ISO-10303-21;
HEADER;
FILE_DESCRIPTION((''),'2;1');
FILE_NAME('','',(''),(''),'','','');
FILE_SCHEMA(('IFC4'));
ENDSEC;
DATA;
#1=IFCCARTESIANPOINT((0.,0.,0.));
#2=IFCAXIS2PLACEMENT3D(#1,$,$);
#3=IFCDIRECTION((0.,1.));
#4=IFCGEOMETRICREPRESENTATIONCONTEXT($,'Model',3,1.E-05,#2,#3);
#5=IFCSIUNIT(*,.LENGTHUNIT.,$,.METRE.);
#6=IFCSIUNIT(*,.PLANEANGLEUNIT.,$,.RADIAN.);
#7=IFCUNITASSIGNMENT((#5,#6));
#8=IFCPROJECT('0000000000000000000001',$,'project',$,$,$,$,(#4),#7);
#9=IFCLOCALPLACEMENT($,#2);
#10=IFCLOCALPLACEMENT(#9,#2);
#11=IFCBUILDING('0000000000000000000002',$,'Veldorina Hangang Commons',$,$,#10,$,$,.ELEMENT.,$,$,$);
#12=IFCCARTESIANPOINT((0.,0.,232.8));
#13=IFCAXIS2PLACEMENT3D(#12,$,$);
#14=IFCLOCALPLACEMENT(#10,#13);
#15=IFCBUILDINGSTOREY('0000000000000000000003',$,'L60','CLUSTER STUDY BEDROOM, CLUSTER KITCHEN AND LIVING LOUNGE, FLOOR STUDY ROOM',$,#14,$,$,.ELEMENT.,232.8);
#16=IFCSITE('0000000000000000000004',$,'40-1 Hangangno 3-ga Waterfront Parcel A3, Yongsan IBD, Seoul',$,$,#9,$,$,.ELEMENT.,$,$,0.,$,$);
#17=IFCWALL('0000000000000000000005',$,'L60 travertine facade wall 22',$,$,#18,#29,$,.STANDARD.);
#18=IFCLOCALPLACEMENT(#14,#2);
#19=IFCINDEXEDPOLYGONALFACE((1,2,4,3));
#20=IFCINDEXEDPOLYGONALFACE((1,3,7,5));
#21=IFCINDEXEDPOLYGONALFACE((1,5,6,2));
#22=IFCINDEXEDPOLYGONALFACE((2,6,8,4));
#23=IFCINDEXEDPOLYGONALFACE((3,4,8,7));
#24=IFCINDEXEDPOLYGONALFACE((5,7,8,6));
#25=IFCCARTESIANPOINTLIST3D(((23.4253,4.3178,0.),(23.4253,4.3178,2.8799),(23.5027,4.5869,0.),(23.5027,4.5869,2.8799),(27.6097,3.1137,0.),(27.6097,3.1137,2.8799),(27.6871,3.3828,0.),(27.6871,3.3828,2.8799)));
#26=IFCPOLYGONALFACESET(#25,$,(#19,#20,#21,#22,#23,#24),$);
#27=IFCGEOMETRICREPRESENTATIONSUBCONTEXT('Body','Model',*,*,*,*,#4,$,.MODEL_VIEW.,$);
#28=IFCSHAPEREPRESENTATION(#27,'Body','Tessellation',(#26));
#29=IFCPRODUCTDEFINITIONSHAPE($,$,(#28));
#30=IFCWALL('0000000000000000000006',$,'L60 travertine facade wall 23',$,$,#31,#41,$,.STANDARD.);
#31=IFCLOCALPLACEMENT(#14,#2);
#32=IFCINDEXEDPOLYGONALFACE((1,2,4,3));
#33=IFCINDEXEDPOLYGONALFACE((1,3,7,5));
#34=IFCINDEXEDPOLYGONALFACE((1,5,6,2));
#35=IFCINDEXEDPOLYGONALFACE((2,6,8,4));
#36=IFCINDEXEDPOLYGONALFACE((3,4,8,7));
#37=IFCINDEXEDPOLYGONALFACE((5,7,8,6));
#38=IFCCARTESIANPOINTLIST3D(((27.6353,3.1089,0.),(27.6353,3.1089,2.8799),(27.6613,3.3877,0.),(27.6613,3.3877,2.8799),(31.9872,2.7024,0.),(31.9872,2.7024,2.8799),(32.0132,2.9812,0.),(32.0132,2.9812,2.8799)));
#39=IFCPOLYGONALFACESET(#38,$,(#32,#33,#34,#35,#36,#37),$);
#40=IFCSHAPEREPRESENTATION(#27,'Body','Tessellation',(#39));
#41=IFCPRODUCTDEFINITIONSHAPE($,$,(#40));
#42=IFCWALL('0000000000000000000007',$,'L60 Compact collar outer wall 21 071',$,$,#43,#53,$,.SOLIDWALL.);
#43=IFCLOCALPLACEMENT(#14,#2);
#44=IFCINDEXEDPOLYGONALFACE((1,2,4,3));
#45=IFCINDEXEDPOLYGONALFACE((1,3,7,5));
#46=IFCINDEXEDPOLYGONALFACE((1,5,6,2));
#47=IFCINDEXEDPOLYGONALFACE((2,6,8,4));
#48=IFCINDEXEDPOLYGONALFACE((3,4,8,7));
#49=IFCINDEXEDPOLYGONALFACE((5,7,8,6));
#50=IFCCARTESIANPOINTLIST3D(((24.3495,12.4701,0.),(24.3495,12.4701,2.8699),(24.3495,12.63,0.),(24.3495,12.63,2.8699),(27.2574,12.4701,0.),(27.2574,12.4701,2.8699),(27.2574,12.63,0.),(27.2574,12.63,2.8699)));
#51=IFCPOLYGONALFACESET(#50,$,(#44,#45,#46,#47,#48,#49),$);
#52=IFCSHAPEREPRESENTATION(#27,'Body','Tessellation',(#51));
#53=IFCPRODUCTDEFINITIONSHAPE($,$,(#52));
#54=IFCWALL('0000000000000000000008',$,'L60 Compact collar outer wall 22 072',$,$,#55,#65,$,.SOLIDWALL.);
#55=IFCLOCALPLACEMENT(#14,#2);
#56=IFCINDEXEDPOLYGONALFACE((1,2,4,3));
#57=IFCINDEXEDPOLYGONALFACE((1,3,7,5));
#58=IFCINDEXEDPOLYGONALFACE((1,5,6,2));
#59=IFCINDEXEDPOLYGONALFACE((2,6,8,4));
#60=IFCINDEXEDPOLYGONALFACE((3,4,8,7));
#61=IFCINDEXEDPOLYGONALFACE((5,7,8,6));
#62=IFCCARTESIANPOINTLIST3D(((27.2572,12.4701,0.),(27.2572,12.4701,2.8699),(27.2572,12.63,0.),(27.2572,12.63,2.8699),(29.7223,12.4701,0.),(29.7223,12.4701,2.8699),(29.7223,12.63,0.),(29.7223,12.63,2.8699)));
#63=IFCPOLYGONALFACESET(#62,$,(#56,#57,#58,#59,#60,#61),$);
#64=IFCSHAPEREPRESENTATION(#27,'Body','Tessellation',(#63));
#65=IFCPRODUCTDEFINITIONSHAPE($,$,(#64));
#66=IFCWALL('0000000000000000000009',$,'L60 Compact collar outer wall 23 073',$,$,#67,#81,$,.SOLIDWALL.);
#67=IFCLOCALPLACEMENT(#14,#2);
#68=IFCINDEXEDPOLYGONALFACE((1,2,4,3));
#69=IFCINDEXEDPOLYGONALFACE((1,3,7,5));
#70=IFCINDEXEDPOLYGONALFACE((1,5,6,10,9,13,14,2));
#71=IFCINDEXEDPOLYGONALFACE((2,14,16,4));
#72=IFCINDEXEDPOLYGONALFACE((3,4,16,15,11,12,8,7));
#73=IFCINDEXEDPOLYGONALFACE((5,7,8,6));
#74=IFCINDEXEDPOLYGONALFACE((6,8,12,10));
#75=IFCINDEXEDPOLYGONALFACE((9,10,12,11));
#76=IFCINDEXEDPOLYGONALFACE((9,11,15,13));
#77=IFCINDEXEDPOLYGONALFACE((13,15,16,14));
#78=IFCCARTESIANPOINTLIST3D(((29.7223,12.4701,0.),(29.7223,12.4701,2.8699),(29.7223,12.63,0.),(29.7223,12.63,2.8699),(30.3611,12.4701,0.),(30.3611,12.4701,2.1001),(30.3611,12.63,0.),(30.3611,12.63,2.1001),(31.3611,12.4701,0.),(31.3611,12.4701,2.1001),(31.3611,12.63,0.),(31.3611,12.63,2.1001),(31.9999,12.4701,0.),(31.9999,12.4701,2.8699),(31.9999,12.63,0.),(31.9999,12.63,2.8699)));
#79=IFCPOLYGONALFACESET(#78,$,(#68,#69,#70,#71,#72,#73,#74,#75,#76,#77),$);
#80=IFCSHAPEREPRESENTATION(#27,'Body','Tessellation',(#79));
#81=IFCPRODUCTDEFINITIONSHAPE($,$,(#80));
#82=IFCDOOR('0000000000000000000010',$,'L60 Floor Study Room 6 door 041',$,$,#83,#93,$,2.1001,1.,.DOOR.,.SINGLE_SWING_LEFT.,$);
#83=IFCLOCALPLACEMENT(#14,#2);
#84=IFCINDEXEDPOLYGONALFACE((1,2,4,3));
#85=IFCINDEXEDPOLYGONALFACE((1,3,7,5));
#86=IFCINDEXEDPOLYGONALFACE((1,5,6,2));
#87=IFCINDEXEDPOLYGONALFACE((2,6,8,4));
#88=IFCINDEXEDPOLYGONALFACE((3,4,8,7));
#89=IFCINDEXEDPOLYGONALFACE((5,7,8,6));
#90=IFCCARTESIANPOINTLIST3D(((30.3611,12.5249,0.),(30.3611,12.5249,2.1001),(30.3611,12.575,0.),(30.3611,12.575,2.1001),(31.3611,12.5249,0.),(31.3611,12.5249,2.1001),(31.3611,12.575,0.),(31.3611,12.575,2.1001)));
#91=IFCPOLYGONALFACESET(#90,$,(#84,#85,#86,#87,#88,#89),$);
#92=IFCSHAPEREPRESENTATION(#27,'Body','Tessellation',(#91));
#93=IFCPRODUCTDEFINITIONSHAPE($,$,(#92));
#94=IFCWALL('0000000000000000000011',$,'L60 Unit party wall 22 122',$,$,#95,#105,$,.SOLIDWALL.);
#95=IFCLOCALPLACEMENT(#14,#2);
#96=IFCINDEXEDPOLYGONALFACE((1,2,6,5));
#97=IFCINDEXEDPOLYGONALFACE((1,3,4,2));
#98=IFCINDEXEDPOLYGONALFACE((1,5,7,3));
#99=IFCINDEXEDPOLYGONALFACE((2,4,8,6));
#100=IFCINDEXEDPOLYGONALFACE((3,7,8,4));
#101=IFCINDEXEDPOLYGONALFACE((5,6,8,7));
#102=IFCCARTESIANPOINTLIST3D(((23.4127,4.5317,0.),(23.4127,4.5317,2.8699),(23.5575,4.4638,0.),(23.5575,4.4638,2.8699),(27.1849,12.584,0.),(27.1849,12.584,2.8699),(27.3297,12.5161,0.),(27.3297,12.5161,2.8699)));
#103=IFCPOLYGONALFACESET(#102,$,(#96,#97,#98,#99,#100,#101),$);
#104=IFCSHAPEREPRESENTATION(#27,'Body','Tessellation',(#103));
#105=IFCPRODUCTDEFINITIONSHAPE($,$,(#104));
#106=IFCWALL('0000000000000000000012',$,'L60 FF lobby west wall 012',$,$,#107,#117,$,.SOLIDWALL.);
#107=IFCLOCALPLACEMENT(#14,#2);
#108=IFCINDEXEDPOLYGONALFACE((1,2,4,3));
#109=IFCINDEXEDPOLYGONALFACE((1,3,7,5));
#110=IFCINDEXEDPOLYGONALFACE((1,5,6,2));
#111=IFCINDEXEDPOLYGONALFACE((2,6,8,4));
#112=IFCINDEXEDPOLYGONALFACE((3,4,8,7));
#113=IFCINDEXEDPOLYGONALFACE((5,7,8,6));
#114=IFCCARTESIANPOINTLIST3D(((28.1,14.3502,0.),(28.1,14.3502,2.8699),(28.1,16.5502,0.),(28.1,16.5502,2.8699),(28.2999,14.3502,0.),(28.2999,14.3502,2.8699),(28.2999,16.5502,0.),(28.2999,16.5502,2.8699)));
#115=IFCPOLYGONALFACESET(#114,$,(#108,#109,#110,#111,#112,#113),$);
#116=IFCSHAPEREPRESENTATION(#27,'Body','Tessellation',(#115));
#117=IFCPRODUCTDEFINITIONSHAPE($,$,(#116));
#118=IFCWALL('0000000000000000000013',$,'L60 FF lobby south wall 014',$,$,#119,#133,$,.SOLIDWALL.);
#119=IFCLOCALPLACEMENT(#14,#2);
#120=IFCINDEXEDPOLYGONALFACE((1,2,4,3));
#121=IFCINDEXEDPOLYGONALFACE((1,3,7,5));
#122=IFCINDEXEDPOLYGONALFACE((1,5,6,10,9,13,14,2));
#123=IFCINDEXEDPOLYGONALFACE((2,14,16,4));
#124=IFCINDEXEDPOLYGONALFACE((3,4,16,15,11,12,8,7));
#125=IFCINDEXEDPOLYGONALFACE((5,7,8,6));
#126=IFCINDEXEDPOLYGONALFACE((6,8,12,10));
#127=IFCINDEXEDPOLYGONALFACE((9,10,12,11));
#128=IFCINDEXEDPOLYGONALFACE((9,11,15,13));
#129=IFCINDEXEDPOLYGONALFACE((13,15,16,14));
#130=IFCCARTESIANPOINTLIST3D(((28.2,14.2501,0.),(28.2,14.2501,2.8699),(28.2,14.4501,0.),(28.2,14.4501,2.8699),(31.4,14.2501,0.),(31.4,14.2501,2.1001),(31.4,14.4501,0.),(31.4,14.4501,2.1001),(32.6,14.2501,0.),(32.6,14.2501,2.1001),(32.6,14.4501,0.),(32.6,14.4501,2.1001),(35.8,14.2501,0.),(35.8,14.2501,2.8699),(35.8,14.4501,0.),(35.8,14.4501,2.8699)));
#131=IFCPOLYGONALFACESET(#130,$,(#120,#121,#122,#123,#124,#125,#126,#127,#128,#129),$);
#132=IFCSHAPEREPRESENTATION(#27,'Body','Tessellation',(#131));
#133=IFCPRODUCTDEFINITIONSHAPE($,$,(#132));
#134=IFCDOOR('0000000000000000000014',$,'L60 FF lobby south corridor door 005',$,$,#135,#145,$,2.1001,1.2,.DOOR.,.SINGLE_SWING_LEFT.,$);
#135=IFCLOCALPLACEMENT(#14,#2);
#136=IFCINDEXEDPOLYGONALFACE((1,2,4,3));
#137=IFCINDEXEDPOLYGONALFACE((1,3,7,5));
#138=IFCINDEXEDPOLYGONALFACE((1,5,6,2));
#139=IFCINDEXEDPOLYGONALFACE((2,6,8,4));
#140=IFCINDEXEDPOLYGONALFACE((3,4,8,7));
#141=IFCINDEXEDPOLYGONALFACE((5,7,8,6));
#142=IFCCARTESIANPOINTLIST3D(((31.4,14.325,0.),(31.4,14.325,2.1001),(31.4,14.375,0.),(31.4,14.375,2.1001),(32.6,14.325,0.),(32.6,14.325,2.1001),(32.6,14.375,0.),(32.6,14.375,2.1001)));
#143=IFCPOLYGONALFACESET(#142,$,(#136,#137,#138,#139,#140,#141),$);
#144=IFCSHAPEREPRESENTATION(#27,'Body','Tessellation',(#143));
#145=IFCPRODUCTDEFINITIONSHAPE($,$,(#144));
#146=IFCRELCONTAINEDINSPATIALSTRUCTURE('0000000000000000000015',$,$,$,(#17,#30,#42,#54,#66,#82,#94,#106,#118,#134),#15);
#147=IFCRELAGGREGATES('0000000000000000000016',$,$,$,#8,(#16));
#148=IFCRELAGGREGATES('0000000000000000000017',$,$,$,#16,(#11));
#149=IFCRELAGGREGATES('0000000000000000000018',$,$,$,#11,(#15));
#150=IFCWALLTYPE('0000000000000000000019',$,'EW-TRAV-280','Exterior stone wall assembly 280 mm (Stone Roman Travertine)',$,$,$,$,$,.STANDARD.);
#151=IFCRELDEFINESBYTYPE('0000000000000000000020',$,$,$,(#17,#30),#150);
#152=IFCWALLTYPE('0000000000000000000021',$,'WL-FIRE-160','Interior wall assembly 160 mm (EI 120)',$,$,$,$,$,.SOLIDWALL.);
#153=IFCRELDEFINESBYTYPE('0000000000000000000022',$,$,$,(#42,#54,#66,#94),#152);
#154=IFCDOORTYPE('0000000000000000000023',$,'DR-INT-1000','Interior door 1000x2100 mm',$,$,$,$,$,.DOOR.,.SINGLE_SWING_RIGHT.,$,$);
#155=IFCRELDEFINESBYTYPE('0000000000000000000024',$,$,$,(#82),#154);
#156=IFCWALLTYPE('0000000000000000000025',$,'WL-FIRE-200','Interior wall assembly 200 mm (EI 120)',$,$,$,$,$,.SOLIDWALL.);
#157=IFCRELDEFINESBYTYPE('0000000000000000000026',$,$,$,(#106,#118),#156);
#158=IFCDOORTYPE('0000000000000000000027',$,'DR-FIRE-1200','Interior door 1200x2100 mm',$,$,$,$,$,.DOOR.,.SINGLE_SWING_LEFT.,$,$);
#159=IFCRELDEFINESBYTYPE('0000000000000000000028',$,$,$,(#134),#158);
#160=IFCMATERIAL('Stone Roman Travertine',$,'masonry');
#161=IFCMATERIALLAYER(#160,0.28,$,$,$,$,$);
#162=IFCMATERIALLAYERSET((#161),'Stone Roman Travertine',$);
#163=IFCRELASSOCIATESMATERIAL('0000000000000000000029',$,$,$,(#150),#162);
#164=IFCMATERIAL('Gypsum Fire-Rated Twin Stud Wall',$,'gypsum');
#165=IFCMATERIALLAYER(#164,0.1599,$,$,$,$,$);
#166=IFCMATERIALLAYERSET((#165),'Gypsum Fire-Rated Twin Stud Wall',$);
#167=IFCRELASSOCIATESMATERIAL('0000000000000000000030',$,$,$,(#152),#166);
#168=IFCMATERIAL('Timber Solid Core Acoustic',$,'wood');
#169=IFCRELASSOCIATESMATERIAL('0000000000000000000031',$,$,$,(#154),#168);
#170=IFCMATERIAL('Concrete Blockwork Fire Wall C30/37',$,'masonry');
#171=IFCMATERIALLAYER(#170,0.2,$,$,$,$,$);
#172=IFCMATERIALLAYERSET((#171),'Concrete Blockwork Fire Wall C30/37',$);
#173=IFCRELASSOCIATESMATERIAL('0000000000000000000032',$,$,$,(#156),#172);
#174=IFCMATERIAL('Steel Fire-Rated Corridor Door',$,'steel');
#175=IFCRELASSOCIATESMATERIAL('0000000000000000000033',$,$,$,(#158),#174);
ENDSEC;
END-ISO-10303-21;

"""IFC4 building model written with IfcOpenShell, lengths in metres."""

from ifc_helpers import new_model, si_unit, direction, frame, frame_2d, origin, place, context, subcontext, project, spatial, rectangle, extrude, material, layer, layer_set, type_object, element, fill, save


model = new_model("IFC4")

# Units and contexts
model_context = context("Model", 3, precision=1e-05, world=origin(), true_north=direction((0.0, 1.0)))
body_context = subcontext(model_context, "Body", "Model", "MODEL_VIEW")
ifc_project = project(units=[si_unit("LENGTHUNIT", "METRE"), si_unit("PLANEANGLEUNIT", "RADIAN")], contexts=[model_context])

# Site, building, storey
site_placement = place(None, origin())
site = spatial("IfcSite", under=ifc_project, at=site_placement, Name="40-1 Hangangno 3-ga Waterfront Parcel A3, Yongsan IBD, Seoul", CompositionType="ELEMENT", RefElevation=0.0)
building_placement = place(site_placement, origin())
building = spatial("IfcBuilding", under=site, at=building_placement, Name="Veldorina Hangang Commons", CompositionType="ELEMENT")
storey_placement = place(building_placement, frame((0.0, 0.0, 232.8)))
storey = spatial("IfcBuildingStorey", under=building, at=storey_placement, Name="L60", Description="CLUSTER STUDY BEDROOM, CLUSTER KITCHEN AND LIVING LOUNGE, FLOOR STUDY ROOM", CompositionType="ELEMENT", Elevation=232.8)

# Walls
ifc_material_1 = material(Name="Stone Roman Travertine", Category="masonry")
ifc_layer_1 = layer(ifc_material_1, 0.28)
ifc_layer_set_1 = layer_set([ifc_layer_1], Name="Stone Roman Travertine")
wall_type_1 = type_object("IfcWallType", Name="EW-TRAV-280", Description="Exterior stone wall assembly 280 mm (Stone Roman Travertine)", PredefinedType="STANDARD", material=ifc_layer_set_1)
wall_1_placement = place(storey_placement, frame((23.4639, 4.4524, 0.0), z_axis=(0.0, 0.0, 1.0), x_axis=(0.961002, -0.276542, 0.0)))
element("IfcWall", 1, at=wall_1_placement, inside=storey, type_object=wall_type_1, Name="L60 travertine facade wall 22", PredefinedType="STANDARD", context=body_context, shape_type="SweptSolid", body=[
    extrude(rectangle(XDim=4.3542, YDim=0.28, at=frame_2d((2.1772, 0.0))), origin(), (0.0, 0.0, 1.0), 2.8799),
])
wall_2_placement = place(storey_placement, frame((27.6482, 3.2483, 0.0), z_axis=(0.0, 0.0, 1.0), x_axis=(0.995666, -0.093003, 0.0)))
element("IfcWall", 2, at=wall_2_placement, inside=storey, type_object=wall_type_1, Name="L60 travertine facade wall 23", PredefinedType="STANDARD", context=body_context, shape_type="SweptSolid", body=[
    extrude(rectangle(XDim=4.3708, YDim=0.28, at=frame_2d((2.1855, 0.0))), origin(), (0.0, 0.0, 1.0), 2.8799),
])
ifc_material_2 = material(Name="Gypsum Fire-Rated Twin Stud Wall", Category="gypsum")
ifc_layer_2 = layer(ifc_material_2, 0.1599)
ifc_layer_set_2 = layer_set([ifc_layer_2], Name="Gypsum Fire-Rated Twin Stud Wall")
wall_type_2 = type_object("IfcWallType", Name="WL-FIRE-160", Description="Interior wall assembly 160 mm (EI 120)", PredefinedType="SOLIDWALL", material=ifc_layer_set_2)
wall_3_placement = place(storey_placement, frame((24.3494, 12.55, 0.0), z_axis=(0.0, 0.0, 1.0), x_axis=(1.0, 0.0, 0.0)))
element("IfcWall", 3, at=wall_3_placement, inside=storey, type_object=wall_type_2, Name="L60 Compact collar outer wall 21 071", PredefinedType="SOLIDWALL", context=body_context, shape_type="SweptSolid", body=[
    extrude(rectangle(XDim=2.908, YDim=0.1599, at=frame_2d((1.4541, 0.0))), origin(), (0.0, 0.0, 1.0), 2.8699),
])
wall_4_placement = place(storey_placement, frame((27.2573, 12.55, 0.0), z_axis=(0.0, 0.0, 1.0), x_axis=(1.0, 0.0, 0.0)))
element("IfcWall", 4, at=wall_4_placement, inside=storey, type_object=wall_type_2, Name="L60 Compact collar outer wall 22 072", PredefinedType="SOLIDWALL", context=body_context, shape_type="SweptSolid", body=[
    extrude(rectangle(XDim=2.4651, YDim=0.1599, at=frame_2d((1.2324, 0.0))), origin(), (0.0, 0.0, 1.0), 2.8699),
])

# Wall, opening, door
wall_5_placement = place(storey_placement, frame((29.7224, 12.55, 0.0), z_axis=(0.0, 0.0, 1.0), x_axis=(1.0, 0.0, 0.0)))
wall_5 = element("IfcWall", 5, at=wall_5_placement, inside=storey, type_object=wall_type_2, Name="L60 Compact collar outer wall 23 073", PredefinedType="SOLIDWALL", context=body_context, shape_type="SweptSolid", body=[
    extrude(rectangle(XDim=2.2776, YDim=0.1599, at=frame_2d((1.1387, 0.0))), origin(), (0.0, 0.0, 1.0), 2.8699),
])
opening_1_placement = place(wall_5_placement, frame((0.6387, 0.0, 0.0)))
opening_1 = element("IfcOpeningElement", 6, at=opening_1_placement, cuts=wall_5, PredefinedType="OPENING", context=body_context, shape_type="SweptSolid", body=[
    extrude(rectangle(XDim=1.0, YDim=2.1001, at=frame_2d((0.5, 1.05))), frame((0.0, 0.0898, 0.0), z_axis=(0.0, -1.0, 0.0), x_axis=(1.0, 0.0, 0.0)), (0.0, 0.0, 1.0), 0.1799),
])
ifc_material_3 = material(Name="Timber Solid Core Acoustic", Category="wood")
door_type_1 = type_object("IfcDoorType", Name="DR-INT-1000", Description="Interior door 1000x2100 mm", OperationType="SINGLE_SWING_RIGHT", PredefinedType="DOOR", material=ifc_material_3)
door_1_placement = place(opening_1_placement, origin())
door_1 = element("IfcDoor", 7, at=door_1_placement, inside=storey, type_object=door_type_1, Name="L60 Floor Study Room 6 door 041", OperationType="SINGLE_SWING_LEFT", OverallHeight=2.1001, OverallWidth=1.0, PredefinedType="DOOR", context=body_context, shape_type="SweptSolid", body=[
    extrude(rectangle(XDim=1.0, YDim=2.1001, at=frame_2d((0.5, 1.05))), frame((0.0, 0.0249, 0.0), z_axis=(0.0, -1.0, 0.0), x_axis=(1.0, 0.0, 0.0)), (0.0, 0.0, 1.0), 0.05),
])
fill(opening_1, door_1)

# Walls
wall_6_placement = place(storey_placement, frame((27.2573, 12.55, 0.0), z_axis=(0.0, 0.0, 1.0), x_axis=(-0.424224, -0.905557, 0.0)))
element("IfcWall", 8, at=wall_6_placement, inside=storey, type_object=wall_type_2, Name="L60 Unit party wall 22 122", PredefinedType="SOLIDWALL", context=body_context, shape_type="SweptSolid", body=[
    extrude(rectangle(XDim=8.8921, YDim=0.1599, at=frame_2d((4.446, 0.0))), origin(), (0.0, 0.0, 1.0), 2.8699),
])
ifc_material_4 = material(Name="Concrete Blockwork Fire Wall C30/37", Category="masonry")
ifc_layer_3 = layer(ifc_material_4, 0.2)
ifc_layer_set_3 = layer_set([ifc_layer_3], Name="Concrete Blockwork Fire Wall C30/37")
wall_type_3 = type_object("IfcWallType", Name="WL-FIRE-200", Description="Interior wall assembly 200 mm (EI 120)", PredefinedType="SOLIDWALL", material=ifc_layer_set_3)
wall_7_placement = place(storey_placement, frame((28.2, 14.3501, 0.0), z_axis=(0.0, 0.0, 1.0), x_axis=(0.0, 1.0, 0.0)))
element("IfcWall", 9, at=wall_7_placement, inside=storey, type_object=wall_type_3, Name="L60 FF lobby west wall 012", PredefinedType="SOLIDWALL", context=body_context, shape_type="SweptSolid", body=[
    extrude(rectangle(XDim=2.2, YDim=0.2, at=frame_2d((1.1001, 0.0))), origin(), (0.0, 0.0, 1.0), 2.8699),
])

# Wall, opening, door
wall_8_placement = place(storey_placement, frame((28.2, 14.3501, 0.0), z_axis=(0.0, 0.0, 1.0), x_axis=(1.0, 0.0, 0.0)))
wall_8 = element("IfcWall", 10, at=wall_8_placement, inside=storey, type_object=wall_type_3, Name="L60 FF lobby south wall 014", PredefinedType="SOLIDWALL", context=body_context, shape_type="SweptSolid", body=[
    extrude(rectangle(XDim=7.6001, YDim=0.2, at=frame_2d((3.8, 0.0))), origin(), (0.0, 0.0, 1.0), 2.8699),
])
opening_2_placement = place(wall_8_placement, frame((3.2, 0.0, 0.0)))
opening_2 = element("IfcOpeningElement", 11, at=opening_2_placement, cuts=wall_8, PredefinedType="OPENING", context=body_context, shape_type="SweptSolid", body=[
    extrude(rectangle(XDim=1.2, YDim=2.1001, at=frame_2d((0.6001, 1.05))), frame((0.0, 0.1099, 0.0), z_axis=(0.0, -1.0, 0.0), x_axis=(1.0, 0.0, 0.0)), (0.0, 0.0, 1.0), 0.22),
])
ifc_material_5 = material(Name="Steel Fire-Rated Corridor Door", Category="steel")
door_type_2 = type_object("IfcDoorType", Name="DR-FIRE-1200", Description="Interior door 1200x2100 mm", OperationType="SINGLE_SWING_LEFT", PredefinedType="DOOR", material=ifc_material_5)
door_2_placement = place(opening_2_placement, origin())
door_2 = element("IfcDoor", 12, at=door_2_placement, inside=storey, type_object=door_type_2, Name="L60 FF lobby south corridor door 005", OperationType="SINGLE_SWING_LEFT", OverallHeight=2.1001, OverallWidth=1.2, PredefinedType="DOOR", context=body_context, shape_type="SweptSolid", body=[
    extrude(rectangle(XDim=1.2, YDim=2.1001, at=frame_2d((0.6001, 1.05))), frame((0.0, 0.0249, 0.0), z_axis=(0.0, -1.0, 0.0), x_axis=(1.0, 0.0, 0.0)), (0.0, 0.0, 1.0), 0.05),
])
fill(opening_2, door_2)

save(model, "model.ifc")
